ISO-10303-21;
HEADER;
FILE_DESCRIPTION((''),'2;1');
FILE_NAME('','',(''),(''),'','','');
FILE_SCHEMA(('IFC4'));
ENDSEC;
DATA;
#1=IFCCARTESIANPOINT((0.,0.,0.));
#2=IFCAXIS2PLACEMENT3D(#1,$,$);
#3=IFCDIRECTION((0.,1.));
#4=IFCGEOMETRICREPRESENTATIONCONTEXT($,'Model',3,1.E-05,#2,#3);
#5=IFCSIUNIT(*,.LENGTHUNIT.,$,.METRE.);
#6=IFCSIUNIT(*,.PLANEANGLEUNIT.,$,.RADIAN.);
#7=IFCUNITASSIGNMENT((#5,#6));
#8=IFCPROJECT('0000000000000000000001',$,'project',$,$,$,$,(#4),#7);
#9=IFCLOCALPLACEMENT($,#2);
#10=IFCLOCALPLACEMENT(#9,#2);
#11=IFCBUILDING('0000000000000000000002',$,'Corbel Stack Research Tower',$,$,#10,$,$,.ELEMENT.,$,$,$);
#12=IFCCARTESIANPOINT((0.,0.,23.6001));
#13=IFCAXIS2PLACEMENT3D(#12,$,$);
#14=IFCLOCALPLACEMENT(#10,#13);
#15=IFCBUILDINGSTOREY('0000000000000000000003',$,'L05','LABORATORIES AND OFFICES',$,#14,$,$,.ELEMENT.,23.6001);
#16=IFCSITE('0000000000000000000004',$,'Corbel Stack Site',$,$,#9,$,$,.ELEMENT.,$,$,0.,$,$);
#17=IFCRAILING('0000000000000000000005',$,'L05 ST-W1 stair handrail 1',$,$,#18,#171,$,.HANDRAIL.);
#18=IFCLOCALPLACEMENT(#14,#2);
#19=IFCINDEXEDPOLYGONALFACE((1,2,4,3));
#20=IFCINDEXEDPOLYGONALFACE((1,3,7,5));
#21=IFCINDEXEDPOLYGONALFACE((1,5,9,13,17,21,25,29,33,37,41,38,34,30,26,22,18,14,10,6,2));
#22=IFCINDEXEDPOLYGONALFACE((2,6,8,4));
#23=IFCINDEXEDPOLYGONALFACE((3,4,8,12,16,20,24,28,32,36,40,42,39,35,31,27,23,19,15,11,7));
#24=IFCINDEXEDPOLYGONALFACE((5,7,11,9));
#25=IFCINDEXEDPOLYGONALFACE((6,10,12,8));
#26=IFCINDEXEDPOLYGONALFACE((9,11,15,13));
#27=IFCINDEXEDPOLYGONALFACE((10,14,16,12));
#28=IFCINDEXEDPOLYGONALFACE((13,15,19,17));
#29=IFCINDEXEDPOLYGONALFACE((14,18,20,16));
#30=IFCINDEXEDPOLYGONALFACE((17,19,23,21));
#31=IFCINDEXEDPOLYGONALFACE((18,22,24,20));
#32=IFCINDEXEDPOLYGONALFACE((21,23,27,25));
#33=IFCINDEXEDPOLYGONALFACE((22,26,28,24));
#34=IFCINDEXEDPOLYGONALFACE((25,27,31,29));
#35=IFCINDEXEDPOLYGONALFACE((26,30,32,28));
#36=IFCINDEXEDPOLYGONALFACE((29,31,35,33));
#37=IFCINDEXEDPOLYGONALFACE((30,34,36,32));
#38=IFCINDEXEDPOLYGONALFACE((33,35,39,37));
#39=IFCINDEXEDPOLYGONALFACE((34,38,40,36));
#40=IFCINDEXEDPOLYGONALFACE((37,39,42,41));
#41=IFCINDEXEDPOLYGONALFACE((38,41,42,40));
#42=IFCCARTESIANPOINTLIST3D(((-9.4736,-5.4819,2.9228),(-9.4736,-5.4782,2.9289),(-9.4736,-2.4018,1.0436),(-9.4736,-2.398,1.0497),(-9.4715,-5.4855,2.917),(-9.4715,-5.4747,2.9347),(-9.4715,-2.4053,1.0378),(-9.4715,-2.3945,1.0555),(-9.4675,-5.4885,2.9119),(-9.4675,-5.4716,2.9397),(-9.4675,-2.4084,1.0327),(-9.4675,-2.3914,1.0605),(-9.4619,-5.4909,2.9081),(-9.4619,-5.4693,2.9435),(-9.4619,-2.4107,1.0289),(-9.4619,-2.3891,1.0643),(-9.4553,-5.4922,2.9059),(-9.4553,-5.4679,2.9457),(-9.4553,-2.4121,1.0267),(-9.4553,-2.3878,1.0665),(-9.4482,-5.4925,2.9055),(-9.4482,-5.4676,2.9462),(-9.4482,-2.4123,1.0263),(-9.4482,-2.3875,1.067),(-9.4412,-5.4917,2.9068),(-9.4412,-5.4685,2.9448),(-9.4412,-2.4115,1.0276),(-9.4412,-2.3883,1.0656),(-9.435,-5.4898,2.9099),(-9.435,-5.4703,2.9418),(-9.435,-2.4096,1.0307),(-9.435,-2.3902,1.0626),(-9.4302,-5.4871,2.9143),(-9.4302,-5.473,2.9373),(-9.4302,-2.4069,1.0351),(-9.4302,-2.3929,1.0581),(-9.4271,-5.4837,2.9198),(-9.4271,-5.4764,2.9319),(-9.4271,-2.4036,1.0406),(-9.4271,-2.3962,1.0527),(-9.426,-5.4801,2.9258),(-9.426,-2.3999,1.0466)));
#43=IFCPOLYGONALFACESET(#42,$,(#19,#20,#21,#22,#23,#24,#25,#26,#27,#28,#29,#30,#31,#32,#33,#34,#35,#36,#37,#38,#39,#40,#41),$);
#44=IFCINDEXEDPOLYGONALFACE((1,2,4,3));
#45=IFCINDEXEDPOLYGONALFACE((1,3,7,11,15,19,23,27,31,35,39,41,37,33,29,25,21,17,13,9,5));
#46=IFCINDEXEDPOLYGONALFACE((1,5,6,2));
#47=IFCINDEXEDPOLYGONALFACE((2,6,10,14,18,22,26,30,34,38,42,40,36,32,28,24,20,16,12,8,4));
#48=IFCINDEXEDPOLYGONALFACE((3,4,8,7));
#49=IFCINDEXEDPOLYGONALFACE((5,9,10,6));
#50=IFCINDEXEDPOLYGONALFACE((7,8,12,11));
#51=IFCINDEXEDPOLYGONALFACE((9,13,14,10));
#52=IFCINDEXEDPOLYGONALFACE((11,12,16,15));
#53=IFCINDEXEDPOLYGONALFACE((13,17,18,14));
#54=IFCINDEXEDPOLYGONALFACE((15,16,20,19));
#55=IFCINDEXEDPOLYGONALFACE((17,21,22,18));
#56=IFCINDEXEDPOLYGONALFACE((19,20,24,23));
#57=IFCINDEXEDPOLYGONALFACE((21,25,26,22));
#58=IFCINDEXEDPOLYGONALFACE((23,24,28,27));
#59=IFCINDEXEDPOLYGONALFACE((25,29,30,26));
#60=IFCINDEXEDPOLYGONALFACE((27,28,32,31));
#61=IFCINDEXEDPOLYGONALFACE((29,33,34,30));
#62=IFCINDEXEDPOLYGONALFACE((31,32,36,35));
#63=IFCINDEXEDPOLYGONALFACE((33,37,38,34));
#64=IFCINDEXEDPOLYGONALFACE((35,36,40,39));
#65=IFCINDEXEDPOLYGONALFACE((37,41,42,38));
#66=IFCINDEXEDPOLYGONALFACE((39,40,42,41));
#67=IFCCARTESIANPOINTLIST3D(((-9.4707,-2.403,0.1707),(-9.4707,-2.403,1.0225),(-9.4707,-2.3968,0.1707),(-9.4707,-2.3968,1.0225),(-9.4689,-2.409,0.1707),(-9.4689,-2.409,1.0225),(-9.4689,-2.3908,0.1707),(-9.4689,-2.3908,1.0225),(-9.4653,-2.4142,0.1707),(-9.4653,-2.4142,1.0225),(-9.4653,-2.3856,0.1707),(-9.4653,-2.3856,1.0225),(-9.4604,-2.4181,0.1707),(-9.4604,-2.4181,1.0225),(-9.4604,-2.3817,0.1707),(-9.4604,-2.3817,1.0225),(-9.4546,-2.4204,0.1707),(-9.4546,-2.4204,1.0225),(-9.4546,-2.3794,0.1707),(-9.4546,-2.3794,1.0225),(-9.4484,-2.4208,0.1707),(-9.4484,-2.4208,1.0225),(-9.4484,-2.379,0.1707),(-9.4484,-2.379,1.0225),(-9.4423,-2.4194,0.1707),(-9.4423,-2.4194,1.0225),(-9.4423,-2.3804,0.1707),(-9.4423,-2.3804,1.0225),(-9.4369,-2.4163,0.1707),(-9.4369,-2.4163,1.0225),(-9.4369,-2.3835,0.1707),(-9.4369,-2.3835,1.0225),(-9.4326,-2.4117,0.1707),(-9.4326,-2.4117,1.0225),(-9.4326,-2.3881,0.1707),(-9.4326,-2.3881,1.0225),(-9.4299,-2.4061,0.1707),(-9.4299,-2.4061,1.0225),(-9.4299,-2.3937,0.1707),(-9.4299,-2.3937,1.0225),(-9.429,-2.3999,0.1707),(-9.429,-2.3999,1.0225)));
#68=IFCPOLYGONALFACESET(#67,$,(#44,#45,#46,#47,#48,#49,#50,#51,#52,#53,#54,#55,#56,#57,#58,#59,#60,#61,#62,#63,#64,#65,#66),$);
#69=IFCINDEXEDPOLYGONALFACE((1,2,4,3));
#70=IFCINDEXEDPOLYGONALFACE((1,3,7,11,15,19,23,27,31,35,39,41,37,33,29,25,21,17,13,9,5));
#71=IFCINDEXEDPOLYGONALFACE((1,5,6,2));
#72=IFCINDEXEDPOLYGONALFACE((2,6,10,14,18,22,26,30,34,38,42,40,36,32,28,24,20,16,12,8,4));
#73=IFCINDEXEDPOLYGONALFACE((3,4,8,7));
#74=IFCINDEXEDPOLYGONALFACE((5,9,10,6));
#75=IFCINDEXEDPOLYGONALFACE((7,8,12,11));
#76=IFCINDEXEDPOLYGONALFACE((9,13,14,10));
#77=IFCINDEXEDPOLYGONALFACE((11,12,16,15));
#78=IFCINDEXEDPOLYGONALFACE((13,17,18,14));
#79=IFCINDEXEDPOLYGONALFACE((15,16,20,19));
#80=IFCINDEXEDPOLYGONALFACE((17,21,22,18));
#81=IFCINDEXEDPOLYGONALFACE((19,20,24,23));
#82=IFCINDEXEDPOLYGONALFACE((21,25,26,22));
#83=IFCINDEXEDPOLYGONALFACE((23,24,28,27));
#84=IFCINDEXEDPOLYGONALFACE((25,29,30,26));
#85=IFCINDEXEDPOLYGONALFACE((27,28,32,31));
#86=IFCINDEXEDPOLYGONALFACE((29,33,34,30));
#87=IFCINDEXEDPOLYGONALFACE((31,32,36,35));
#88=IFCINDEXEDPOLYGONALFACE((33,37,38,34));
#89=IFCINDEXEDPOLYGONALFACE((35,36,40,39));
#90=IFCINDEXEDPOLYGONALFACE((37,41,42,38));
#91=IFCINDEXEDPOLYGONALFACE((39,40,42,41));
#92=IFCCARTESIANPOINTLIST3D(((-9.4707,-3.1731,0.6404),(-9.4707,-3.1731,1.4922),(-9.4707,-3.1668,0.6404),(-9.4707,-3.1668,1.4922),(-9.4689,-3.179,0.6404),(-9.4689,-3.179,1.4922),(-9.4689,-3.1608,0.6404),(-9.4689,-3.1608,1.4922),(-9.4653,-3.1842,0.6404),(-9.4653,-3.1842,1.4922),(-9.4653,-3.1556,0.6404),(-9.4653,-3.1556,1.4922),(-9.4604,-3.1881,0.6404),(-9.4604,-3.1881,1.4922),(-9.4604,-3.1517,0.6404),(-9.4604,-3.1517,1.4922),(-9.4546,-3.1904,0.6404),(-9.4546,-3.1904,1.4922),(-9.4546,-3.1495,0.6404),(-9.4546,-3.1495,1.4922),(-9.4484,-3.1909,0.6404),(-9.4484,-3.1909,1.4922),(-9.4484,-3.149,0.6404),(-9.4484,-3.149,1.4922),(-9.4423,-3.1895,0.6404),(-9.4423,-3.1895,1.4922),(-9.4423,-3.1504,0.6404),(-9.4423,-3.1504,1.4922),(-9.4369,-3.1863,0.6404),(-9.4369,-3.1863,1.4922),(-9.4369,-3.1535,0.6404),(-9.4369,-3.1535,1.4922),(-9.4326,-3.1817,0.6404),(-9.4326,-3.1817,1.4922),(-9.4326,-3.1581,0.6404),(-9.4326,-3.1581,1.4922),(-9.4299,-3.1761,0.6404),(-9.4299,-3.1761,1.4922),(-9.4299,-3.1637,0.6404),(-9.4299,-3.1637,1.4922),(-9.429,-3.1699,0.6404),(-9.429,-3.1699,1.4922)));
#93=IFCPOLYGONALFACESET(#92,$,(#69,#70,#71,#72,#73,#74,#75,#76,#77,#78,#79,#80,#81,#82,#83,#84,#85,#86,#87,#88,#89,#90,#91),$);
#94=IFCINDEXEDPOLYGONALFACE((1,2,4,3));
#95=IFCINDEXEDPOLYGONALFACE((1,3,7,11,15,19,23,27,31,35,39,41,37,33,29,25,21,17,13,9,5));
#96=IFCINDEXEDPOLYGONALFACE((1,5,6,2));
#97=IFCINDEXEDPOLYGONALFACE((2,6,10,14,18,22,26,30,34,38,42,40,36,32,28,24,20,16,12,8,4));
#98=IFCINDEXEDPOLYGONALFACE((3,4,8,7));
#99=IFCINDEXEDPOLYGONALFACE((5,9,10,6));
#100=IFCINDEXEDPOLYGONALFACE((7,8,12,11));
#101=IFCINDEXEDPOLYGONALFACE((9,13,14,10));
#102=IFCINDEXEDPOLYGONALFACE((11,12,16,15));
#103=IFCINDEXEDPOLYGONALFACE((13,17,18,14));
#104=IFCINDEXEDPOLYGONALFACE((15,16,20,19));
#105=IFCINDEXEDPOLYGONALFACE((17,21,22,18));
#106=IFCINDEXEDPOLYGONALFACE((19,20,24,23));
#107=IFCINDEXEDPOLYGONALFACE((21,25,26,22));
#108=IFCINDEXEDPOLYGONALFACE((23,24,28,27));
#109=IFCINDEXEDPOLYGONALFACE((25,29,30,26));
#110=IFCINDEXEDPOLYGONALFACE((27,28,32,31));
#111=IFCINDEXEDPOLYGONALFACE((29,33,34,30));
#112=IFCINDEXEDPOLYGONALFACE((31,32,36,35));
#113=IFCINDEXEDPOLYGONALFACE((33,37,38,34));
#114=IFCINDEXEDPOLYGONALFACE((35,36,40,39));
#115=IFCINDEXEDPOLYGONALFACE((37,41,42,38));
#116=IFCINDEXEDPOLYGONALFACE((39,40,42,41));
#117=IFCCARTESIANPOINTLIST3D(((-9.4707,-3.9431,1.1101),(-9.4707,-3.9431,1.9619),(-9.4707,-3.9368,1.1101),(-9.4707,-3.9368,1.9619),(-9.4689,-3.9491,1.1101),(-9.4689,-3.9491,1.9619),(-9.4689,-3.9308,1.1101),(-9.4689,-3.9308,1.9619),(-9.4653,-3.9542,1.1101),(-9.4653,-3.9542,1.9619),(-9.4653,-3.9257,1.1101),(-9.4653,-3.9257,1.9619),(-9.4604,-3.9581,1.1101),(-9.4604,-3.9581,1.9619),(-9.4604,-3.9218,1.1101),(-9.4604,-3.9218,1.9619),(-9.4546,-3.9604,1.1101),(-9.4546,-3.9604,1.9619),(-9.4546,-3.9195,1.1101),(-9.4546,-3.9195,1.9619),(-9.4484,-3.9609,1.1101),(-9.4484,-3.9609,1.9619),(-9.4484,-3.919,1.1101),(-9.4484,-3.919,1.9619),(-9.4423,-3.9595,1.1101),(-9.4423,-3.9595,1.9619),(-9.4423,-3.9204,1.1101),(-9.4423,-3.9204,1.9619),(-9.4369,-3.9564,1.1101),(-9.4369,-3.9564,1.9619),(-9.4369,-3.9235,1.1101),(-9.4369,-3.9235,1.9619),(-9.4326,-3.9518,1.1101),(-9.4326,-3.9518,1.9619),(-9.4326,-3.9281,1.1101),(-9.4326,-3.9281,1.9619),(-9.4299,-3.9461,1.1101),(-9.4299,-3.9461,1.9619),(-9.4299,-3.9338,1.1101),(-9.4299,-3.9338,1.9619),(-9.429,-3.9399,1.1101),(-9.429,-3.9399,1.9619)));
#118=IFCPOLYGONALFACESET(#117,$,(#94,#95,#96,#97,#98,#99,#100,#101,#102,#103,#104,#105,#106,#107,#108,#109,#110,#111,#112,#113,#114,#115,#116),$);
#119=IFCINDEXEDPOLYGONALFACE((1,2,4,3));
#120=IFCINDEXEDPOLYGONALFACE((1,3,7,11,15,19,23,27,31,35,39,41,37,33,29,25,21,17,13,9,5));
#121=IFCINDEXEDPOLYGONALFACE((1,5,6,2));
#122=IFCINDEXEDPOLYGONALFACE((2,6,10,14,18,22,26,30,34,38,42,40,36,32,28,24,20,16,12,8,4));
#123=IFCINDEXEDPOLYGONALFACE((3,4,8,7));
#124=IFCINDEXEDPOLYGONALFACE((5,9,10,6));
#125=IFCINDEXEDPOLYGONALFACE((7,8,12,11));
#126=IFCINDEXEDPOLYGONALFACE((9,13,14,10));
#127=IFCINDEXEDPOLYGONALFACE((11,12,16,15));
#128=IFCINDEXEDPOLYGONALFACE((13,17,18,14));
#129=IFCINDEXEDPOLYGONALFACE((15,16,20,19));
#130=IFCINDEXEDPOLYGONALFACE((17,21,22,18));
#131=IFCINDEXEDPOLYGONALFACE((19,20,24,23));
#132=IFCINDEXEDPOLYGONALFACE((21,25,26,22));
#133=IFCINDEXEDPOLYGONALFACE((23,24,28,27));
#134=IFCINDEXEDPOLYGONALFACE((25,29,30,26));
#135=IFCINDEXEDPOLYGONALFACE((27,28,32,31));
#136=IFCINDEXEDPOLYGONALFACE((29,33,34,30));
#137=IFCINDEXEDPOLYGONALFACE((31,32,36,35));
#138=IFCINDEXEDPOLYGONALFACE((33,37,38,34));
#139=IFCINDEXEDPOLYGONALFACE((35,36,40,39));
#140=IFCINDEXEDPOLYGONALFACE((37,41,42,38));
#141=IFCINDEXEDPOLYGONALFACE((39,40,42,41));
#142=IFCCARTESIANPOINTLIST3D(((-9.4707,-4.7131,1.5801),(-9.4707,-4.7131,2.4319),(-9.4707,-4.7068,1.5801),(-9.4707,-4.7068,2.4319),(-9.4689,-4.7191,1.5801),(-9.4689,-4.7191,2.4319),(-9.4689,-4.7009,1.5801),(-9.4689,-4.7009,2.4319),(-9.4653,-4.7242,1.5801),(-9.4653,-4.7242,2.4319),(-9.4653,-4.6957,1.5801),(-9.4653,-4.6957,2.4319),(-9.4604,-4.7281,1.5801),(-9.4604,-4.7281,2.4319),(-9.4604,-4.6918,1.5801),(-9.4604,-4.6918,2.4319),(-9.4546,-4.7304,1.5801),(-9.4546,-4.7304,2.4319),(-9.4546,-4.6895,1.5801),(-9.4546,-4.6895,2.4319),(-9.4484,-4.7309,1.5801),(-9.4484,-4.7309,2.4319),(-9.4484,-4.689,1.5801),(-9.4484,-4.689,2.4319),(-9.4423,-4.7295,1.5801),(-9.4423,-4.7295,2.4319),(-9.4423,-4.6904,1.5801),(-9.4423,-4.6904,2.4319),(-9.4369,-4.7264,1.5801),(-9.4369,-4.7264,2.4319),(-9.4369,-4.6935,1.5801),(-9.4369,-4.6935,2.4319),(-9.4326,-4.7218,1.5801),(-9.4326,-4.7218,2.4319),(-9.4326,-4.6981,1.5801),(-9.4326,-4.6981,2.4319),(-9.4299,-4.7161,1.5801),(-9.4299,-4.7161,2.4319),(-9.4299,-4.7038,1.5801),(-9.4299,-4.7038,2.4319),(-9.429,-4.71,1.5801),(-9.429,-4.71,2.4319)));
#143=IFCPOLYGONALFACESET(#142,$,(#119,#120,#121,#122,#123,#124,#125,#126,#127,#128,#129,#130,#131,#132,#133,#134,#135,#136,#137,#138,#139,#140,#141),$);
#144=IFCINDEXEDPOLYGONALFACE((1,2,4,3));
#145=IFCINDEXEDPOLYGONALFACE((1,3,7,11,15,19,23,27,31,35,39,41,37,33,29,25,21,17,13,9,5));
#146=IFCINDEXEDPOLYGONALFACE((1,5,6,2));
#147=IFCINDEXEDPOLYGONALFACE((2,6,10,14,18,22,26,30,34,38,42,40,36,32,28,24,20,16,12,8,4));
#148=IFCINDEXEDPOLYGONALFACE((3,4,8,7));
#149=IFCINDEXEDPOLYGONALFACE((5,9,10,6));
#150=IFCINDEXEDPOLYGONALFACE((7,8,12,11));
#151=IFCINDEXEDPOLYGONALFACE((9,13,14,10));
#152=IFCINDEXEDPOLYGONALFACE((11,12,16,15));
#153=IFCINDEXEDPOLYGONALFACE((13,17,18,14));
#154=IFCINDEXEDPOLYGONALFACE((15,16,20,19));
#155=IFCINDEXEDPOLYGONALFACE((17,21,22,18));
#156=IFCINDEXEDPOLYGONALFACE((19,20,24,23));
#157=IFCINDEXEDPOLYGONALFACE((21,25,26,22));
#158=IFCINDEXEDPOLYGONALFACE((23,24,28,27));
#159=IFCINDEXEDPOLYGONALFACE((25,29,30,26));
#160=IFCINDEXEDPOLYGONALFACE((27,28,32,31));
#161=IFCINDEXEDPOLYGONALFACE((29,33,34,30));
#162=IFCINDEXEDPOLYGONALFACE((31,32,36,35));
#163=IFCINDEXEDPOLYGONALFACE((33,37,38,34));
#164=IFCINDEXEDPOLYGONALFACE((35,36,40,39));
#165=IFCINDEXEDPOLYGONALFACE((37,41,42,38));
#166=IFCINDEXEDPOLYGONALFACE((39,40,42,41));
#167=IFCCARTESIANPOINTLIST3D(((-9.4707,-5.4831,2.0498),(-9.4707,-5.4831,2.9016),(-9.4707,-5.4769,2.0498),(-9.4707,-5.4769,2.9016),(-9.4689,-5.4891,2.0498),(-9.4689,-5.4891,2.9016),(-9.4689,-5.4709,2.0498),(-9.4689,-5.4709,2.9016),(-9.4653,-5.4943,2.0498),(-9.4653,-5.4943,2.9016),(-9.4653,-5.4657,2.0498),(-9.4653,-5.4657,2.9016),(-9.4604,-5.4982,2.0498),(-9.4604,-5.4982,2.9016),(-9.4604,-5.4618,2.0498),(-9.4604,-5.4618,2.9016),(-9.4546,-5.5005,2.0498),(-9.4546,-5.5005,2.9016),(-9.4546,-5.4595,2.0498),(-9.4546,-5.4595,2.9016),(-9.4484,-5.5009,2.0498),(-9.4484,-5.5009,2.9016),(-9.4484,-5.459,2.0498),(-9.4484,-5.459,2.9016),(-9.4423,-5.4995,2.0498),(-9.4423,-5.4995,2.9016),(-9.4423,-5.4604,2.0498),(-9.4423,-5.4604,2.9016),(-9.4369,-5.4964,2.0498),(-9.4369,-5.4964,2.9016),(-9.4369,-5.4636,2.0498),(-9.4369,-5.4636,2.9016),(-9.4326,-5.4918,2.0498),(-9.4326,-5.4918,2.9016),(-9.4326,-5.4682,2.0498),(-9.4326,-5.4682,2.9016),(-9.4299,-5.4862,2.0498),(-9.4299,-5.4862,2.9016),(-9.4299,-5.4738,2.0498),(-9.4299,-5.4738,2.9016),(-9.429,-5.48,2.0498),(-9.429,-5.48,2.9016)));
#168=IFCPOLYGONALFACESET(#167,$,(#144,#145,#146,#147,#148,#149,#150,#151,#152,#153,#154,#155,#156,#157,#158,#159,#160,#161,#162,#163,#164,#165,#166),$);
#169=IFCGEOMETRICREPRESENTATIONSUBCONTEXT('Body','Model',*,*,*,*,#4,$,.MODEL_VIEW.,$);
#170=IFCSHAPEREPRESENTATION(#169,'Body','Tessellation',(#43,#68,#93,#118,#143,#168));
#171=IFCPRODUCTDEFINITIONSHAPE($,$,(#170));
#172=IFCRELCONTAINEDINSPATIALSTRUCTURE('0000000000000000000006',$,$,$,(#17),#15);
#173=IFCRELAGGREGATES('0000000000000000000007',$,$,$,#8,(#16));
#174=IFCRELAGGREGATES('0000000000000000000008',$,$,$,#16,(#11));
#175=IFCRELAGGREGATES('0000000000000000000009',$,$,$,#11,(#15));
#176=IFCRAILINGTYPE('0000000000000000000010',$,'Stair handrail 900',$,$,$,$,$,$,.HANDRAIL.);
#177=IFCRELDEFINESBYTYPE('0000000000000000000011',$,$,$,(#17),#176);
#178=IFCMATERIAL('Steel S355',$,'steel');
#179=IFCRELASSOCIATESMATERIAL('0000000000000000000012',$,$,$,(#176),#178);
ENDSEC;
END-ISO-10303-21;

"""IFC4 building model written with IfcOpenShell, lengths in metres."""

from ifc_helpers import new_model, si_unit, direction, frame, origin, origin_2d, place, context, subcontext, project, spatial, circle, extrude, material, type_object, element, save


model = new_model("IFC4")

# Units and contexts
model_context = context("Model", 3, precision=1e-05, world=origin(), true_north=direction((0.0, 1.0)))
body_context = subcontext(model_context, "Body", "Model", "MODEL_VIEW")
ifc_project = project(units=[si_unit("LENGTHUNIT", "METRE"), si_unit("PLANEANGLEUNIT", "RADIAN")], contexts=[model_context])

# Site, building, storey
site_placement = place(None, origin())
site = spatial("IfcSite", under=ifc_project, at=site_placement, Name="Corbel Stack Site", CompositionType="ELEMENT", RefElevation=0.0)
building_placement = place(site_placement, origin())
building = spatial("IfcBuilding", under=site, at=building_placement, Name="Corbel Stack Research Tower", CompositionType="ELEMENT")
storey_placement = place(building_placement, frame((0.0, 0.0, 23.6001)))
storey = spatial("IfcBuildingStorey", under=building, at=storey_placement, Name="L05", Description="LABORATORIES AND OFFICES", CompositionType="ELEMENT", Elevation=23.6001)

# Railing
ifc_material_1 = material(Name="Steel S355", Category="steel")
railing_type_1 = type_object("IfcRailingType", Name="Stair handrail 900", PredefinedType="HANDRAIL", material=ifc_material_1)
railing_1_placement = place(storey_placement, frame((-9.45, -2.3999, 0.1707)))
element("IfcRailing", 1, at=railing_1_placement, inside=storey, type_object=railing_type_1, Name="L05 ST-W1 stair handrail 1", PredefinedType="HANDRAIL", context=body_context, shape_type="SweptSolid", body=[
    extrude(circle(Radius=0.0239, at=origin_2d()), frame((0.0, 0.0, 0.876), z_axis=(0.0, -0.853666, 0.52082), x_axis=(1.0, 0.0, 0.0)), (0.0, 0.0, 1.0), 3.6082),
    extrude(circle(Radius=0.021, at=origin_2d()), origin(), (0.0, 0.0, 1.0), 0.8518),
    extrude(circle(Radius=0.021, at=origin_2d()), frame((0.0, -0.77, 0.4697)), (0.0, 0.0, 1.0), 0.8518),
    extrude(circle(Radius=0.021, at=origin_2d()), frame((0.0, -1.54, 0.9395)), (0.0, 0.0, 1.0), 0.8518),
    extrude(circle(Radius=0.021, at=origin_2d()), frame((0.0, -2.3101, 1.4094)), (0.0, 0.0, 1.0), 0.8518),
    extrude(circle(Radius=0.021, at=origin_2d()), frame((0.0, -3.0801, 1.8792)), (0.0, 0.0, 1.0), 0.8518),
])

save(model, "model.ifc")
